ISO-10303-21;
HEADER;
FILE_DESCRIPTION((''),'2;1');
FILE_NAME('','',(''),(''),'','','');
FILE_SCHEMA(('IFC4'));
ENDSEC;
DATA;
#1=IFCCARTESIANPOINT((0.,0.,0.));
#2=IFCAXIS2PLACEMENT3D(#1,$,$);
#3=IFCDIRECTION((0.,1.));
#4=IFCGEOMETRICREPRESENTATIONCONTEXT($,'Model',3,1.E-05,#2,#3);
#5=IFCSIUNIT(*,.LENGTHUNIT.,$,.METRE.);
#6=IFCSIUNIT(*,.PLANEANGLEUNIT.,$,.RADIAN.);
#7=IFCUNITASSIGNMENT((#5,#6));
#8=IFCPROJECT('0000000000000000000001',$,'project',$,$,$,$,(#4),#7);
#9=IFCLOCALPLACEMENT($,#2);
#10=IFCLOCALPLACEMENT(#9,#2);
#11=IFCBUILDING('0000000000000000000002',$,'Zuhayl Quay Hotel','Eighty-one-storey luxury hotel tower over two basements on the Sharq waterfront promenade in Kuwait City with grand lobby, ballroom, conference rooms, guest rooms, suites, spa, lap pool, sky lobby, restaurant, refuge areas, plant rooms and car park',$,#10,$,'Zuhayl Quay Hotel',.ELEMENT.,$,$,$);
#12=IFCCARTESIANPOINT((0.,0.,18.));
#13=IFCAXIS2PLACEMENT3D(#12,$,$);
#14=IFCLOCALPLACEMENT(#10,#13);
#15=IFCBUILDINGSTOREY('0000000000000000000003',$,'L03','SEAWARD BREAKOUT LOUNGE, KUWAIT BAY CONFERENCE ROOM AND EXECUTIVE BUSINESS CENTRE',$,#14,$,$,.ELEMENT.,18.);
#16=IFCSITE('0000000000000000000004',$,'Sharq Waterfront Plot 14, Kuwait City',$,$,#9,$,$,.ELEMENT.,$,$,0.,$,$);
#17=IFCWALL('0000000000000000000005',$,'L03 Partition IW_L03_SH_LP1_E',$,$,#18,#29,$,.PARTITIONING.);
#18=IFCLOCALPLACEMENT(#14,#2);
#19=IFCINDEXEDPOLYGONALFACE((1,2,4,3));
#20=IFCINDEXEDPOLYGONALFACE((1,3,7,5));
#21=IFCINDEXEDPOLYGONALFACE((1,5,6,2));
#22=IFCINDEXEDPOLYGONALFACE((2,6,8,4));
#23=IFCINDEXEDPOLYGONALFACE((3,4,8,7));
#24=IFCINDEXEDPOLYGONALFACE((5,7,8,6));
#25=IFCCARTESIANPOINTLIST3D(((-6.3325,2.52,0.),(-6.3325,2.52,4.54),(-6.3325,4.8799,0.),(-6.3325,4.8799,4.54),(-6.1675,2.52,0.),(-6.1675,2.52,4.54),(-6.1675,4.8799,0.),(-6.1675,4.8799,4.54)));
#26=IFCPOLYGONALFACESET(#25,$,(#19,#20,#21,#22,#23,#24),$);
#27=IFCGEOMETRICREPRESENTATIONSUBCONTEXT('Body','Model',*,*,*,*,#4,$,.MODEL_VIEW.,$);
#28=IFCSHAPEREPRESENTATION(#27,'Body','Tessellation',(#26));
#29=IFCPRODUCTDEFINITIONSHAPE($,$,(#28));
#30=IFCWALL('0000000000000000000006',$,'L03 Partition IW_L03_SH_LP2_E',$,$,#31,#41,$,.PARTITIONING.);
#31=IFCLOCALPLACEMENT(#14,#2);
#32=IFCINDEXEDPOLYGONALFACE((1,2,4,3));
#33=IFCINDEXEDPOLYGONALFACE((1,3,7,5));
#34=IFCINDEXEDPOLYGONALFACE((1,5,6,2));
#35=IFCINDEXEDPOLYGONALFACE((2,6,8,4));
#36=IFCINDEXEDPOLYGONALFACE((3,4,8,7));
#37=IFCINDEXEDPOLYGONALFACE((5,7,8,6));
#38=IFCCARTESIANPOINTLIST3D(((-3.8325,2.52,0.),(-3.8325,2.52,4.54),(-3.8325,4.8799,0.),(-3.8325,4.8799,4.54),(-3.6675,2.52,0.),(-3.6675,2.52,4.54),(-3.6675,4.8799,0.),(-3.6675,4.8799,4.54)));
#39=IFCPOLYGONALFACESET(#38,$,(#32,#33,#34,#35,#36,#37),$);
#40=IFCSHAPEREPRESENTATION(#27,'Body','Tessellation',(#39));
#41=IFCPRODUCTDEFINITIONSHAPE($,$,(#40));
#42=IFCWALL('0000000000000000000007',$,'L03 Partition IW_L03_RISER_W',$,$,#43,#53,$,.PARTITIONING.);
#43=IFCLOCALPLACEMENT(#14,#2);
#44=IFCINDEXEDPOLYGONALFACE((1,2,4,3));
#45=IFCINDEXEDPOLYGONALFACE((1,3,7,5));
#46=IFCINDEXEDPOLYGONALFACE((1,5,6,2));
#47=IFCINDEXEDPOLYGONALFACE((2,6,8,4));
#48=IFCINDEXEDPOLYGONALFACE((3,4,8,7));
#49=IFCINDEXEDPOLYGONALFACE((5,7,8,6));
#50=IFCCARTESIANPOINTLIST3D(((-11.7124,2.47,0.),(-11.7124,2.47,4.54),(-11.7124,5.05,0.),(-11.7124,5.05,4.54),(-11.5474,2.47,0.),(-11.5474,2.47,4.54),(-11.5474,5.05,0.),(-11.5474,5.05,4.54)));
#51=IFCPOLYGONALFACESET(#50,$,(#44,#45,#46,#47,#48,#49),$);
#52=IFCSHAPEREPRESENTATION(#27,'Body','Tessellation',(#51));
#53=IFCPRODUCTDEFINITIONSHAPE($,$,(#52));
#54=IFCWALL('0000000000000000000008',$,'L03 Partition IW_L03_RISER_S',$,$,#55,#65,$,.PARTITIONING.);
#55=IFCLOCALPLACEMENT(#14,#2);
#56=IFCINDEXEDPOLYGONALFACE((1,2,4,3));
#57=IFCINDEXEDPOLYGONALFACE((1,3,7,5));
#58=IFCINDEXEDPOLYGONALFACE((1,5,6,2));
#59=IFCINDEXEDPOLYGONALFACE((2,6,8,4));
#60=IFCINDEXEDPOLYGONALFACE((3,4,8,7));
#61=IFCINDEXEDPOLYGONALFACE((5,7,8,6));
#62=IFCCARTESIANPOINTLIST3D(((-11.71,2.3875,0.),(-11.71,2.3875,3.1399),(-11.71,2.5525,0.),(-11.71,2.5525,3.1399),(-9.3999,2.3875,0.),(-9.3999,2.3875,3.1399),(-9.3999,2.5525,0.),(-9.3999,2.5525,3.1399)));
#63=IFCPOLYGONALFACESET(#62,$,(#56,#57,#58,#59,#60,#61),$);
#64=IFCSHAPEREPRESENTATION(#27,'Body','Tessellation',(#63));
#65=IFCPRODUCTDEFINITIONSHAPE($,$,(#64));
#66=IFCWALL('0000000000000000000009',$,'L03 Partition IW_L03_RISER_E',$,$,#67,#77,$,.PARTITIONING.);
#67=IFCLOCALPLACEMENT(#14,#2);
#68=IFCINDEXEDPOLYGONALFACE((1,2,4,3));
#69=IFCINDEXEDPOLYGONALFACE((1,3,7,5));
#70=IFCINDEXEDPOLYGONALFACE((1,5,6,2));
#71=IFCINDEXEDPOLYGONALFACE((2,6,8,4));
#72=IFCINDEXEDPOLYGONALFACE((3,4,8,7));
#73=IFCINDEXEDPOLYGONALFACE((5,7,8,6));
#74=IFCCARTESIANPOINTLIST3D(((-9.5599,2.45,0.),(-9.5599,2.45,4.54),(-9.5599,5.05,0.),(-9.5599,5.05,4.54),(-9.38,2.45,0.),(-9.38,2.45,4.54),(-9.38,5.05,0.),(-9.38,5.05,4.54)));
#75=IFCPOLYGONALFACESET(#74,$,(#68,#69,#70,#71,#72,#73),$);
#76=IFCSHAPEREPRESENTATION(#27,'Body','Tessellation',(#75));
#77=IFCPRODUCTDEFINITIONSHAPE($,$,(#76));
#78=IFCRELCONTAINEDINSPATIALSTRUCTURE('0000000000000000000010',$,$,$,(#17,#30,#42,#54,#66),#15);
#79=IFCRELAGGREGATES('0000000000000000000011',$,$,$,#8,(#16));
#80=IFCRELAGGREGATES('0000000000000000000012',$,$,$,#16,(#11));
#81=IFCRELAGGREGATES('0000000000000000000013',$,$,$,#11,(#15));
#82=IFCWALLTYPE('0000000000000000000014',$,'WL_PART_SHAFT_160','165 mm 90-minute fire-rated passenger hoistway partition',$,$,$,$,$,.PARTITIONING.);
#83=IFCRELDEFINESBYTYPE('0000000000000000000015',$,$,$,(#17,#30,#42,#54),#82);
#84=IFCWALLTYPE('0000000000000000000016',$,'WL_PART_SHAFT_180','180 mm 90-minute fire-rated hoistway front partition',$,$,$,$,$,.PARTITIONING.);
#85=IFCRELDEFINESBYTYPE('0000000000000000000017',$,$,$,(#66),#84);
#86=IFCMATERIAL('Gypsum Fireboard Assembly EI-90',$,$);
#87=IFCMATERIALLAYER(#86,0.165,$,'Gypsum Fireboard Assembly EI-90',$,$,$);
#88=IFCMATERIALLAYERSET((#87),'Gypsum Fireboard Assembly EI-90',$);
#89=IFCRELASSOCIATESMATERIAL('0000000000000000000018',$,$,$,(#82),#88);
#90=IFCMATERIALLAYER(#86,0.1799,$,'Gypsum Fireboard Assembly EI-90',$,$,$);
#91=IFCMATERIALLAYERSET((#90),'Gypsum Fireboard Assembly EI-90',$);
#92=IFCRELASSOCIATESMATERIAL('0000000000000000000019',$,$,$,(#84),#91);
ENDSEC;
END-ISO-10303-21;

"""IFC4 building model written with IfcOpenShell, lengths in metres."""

from ifc_helpers import new_model, si_unit, direction, frame, frame_2d, origin, place, context, subcontext, project, spatial, rectangle, extrude, material, layer, layer_set, type_object, element, save


model = new_model("IFC4")

# Units and contexts
model_context = context("Model", 3, precision=1e-05, world=origin(), true_north=direction((0.0, 1.0)))
body_context = subcontext(model_context, "Body", "Model", "MODEL_VIEW")
ifc_project = project(units=[si_unit("LENGTHUNIT", "METRE"), si_unit("PLANEANGLEUNIT", "RADIAN")], contexts=[model_context])

# Site, building, storey
site_placement = place(None, origin())
site = spatial("IfcSite", under=ifc_project, at=site_placement, Name="Sharq Waterfront Plot 14, Kuwait City", CompositionType="ELEMENT", RefElevation=0.0)
building_placement = place(site_placement, origin())
building = spatial("IfcBuilding", under=site, at=building_placement, Name="Zuhayl Quay Hotel", Description="Eighty-one-storey luxury hotel tower over two basements on the Sharq waterfront promenade in Kuwait City with grand lobby, ballroom, conference rooms, guest rooms, suites, spa, lap pool, sky lobby, restaurant, refuge areas, plant rooms and car park", LongName="Zuhayl Quay Hotel", CompositionType="ELEMENT")
storey_placement = place(building_placement, frame((0.0, 0.0, 18.0)))
storey = spatial("IfcBuildingStorey", under=building, at=storey_placement, Name="L03", Description="SEAWARD BREAKOUT LOUNGE, KUWAIT BAY CONFERENCE ROOM AND EXECUTIVE BUSINESS CENTRE", CompositionType="ELEMENT", Elevation=18.0)

# Walls
ifc_material_1 = material(Name="Gypsum Fireboard Assembly EI-90")
ifc_layer_1 = layer(ifc_material_1, 0.165, Name="Gypsum Fireboard Assembly EI-90")
ifc_layer_set_1 = layer_set([ifc_layer_1], Name="Gypsum Fireboard Assembly EI-90")
wall_type_1 = type_object("IfcWallType", Name="WL_PART_SHAFT_160", Description="165 mm 90-minute fire-rated passenger hoistway partition", PredefinedType="PARTITIONING", material=ifc_layer_set_1)
for number, where, z_axis, x_axis, name in (
    (1, (-6.25, 2.52, 0.0), (0.0, 0.0, 1.0), (0.0, 1.0, 0.0), "L03 Partition IW_L03_SH_LP1_E"),
    (2, (-3.75, 2.52, 0.0), (0.0, 0.0, 1.0), (0.0, 1.0, 0.0), "L03 Partition IW_L03_SH_LP2_E"),
):
    element("IfcWall", number, at=place(storey_placement, frame(where, z_axis=z_axis, x_axis=x_axis)), inside=storey, type_object=wall_type_1, Name=name, PredefinedType="PARTITIONING", context=body_context, shape_type="SweptSolid", body=[
        extrude(rectangle(XDim=2.3599, YDim=0.165, at=frame_2d((1.1799, 0.0))), origin(), (0.0, 0.0, 1.0), 4.54),
    ])
wall_1_placement = place(storey_placement, frame((-11.6299, 2.47, 0.0), z_axis=(0.0, 0.0, 1.0), x_axis=(0.0, 1.0, 0.0)))
element("IfcWall", 3, at=wall_1_placement, inside=storey, type_object=wall_type_1, Name="L03 Partition IW_L03_RISER_W", PredefinedType="PARTITIONING", context=body_context, shape_type="SweptSolid", body=[
    extrude(rectangle(XDim=2.5801, YDim=0.165, at=frame_2d((1.29, 0.0))), origin(), (0.0, 0.0, 1.0), 4.54),
])
wall_2_placement = place(storey_placement, frame((-11.71, 2.47, 0.0), z_axis=(0.0, 0.0, 1.0), x_axis=(1.0, 0.0, 0.0)))
element("IfcWall", 4, at=wall_2_placement, inside=storey, type_object=wall_type_1, Name="L03 Partition IW_L03_RISER_S", PredefinedType="PARTITIONING", context=body_context, shape_type="SweptSolid", body=[
    extrude(rectangle(XDim=2.3101, YDim=0.165, at=frame_2d((1.155, 0.0))), origin(), (0.0, 0.0, 1.0), 3.1399),
])
ifc_layer_2 = layer(ifc_material_1, 0.1799, Name="Gypsum Fireboard Assembly EI-90")
ifc_layer_set_2 = layer_set([ifc_layer_2], Name="Gypsum Fireboard Assembly EI-90")
wall_type_2 = type_object("IfcWallType", Name="WL_PART_SHAFT_180", Description="180 mm 90-minute fire-rated hoistway front partition", PredefinedType="PARTITIONING", material=ifc_layer_set_2)
wall_3_placement = place(storey_placement, frame((-9.47, 2.45, 0.0), z_axis=(0.0, 0.0, 1.0), x_axis=(0.0, 1.0, 0.0)))
element("IfcWall", 5, at=wall_3_placement, inside=storey, type_object=wall_type_2, Name="L03 Partition IW_L03_RISER_E", PredefinedType="PARTITIONING", context=body_context, shape_type="SweptSolid", body=[
    extrude(rectangle(XDim=2.6001, YDim=0.1799, at=frame_2d((1.3, 0.0))), origin(), (0.0, 0.0, 1.0), 4.54),
])

save(model, "model.ifc")
